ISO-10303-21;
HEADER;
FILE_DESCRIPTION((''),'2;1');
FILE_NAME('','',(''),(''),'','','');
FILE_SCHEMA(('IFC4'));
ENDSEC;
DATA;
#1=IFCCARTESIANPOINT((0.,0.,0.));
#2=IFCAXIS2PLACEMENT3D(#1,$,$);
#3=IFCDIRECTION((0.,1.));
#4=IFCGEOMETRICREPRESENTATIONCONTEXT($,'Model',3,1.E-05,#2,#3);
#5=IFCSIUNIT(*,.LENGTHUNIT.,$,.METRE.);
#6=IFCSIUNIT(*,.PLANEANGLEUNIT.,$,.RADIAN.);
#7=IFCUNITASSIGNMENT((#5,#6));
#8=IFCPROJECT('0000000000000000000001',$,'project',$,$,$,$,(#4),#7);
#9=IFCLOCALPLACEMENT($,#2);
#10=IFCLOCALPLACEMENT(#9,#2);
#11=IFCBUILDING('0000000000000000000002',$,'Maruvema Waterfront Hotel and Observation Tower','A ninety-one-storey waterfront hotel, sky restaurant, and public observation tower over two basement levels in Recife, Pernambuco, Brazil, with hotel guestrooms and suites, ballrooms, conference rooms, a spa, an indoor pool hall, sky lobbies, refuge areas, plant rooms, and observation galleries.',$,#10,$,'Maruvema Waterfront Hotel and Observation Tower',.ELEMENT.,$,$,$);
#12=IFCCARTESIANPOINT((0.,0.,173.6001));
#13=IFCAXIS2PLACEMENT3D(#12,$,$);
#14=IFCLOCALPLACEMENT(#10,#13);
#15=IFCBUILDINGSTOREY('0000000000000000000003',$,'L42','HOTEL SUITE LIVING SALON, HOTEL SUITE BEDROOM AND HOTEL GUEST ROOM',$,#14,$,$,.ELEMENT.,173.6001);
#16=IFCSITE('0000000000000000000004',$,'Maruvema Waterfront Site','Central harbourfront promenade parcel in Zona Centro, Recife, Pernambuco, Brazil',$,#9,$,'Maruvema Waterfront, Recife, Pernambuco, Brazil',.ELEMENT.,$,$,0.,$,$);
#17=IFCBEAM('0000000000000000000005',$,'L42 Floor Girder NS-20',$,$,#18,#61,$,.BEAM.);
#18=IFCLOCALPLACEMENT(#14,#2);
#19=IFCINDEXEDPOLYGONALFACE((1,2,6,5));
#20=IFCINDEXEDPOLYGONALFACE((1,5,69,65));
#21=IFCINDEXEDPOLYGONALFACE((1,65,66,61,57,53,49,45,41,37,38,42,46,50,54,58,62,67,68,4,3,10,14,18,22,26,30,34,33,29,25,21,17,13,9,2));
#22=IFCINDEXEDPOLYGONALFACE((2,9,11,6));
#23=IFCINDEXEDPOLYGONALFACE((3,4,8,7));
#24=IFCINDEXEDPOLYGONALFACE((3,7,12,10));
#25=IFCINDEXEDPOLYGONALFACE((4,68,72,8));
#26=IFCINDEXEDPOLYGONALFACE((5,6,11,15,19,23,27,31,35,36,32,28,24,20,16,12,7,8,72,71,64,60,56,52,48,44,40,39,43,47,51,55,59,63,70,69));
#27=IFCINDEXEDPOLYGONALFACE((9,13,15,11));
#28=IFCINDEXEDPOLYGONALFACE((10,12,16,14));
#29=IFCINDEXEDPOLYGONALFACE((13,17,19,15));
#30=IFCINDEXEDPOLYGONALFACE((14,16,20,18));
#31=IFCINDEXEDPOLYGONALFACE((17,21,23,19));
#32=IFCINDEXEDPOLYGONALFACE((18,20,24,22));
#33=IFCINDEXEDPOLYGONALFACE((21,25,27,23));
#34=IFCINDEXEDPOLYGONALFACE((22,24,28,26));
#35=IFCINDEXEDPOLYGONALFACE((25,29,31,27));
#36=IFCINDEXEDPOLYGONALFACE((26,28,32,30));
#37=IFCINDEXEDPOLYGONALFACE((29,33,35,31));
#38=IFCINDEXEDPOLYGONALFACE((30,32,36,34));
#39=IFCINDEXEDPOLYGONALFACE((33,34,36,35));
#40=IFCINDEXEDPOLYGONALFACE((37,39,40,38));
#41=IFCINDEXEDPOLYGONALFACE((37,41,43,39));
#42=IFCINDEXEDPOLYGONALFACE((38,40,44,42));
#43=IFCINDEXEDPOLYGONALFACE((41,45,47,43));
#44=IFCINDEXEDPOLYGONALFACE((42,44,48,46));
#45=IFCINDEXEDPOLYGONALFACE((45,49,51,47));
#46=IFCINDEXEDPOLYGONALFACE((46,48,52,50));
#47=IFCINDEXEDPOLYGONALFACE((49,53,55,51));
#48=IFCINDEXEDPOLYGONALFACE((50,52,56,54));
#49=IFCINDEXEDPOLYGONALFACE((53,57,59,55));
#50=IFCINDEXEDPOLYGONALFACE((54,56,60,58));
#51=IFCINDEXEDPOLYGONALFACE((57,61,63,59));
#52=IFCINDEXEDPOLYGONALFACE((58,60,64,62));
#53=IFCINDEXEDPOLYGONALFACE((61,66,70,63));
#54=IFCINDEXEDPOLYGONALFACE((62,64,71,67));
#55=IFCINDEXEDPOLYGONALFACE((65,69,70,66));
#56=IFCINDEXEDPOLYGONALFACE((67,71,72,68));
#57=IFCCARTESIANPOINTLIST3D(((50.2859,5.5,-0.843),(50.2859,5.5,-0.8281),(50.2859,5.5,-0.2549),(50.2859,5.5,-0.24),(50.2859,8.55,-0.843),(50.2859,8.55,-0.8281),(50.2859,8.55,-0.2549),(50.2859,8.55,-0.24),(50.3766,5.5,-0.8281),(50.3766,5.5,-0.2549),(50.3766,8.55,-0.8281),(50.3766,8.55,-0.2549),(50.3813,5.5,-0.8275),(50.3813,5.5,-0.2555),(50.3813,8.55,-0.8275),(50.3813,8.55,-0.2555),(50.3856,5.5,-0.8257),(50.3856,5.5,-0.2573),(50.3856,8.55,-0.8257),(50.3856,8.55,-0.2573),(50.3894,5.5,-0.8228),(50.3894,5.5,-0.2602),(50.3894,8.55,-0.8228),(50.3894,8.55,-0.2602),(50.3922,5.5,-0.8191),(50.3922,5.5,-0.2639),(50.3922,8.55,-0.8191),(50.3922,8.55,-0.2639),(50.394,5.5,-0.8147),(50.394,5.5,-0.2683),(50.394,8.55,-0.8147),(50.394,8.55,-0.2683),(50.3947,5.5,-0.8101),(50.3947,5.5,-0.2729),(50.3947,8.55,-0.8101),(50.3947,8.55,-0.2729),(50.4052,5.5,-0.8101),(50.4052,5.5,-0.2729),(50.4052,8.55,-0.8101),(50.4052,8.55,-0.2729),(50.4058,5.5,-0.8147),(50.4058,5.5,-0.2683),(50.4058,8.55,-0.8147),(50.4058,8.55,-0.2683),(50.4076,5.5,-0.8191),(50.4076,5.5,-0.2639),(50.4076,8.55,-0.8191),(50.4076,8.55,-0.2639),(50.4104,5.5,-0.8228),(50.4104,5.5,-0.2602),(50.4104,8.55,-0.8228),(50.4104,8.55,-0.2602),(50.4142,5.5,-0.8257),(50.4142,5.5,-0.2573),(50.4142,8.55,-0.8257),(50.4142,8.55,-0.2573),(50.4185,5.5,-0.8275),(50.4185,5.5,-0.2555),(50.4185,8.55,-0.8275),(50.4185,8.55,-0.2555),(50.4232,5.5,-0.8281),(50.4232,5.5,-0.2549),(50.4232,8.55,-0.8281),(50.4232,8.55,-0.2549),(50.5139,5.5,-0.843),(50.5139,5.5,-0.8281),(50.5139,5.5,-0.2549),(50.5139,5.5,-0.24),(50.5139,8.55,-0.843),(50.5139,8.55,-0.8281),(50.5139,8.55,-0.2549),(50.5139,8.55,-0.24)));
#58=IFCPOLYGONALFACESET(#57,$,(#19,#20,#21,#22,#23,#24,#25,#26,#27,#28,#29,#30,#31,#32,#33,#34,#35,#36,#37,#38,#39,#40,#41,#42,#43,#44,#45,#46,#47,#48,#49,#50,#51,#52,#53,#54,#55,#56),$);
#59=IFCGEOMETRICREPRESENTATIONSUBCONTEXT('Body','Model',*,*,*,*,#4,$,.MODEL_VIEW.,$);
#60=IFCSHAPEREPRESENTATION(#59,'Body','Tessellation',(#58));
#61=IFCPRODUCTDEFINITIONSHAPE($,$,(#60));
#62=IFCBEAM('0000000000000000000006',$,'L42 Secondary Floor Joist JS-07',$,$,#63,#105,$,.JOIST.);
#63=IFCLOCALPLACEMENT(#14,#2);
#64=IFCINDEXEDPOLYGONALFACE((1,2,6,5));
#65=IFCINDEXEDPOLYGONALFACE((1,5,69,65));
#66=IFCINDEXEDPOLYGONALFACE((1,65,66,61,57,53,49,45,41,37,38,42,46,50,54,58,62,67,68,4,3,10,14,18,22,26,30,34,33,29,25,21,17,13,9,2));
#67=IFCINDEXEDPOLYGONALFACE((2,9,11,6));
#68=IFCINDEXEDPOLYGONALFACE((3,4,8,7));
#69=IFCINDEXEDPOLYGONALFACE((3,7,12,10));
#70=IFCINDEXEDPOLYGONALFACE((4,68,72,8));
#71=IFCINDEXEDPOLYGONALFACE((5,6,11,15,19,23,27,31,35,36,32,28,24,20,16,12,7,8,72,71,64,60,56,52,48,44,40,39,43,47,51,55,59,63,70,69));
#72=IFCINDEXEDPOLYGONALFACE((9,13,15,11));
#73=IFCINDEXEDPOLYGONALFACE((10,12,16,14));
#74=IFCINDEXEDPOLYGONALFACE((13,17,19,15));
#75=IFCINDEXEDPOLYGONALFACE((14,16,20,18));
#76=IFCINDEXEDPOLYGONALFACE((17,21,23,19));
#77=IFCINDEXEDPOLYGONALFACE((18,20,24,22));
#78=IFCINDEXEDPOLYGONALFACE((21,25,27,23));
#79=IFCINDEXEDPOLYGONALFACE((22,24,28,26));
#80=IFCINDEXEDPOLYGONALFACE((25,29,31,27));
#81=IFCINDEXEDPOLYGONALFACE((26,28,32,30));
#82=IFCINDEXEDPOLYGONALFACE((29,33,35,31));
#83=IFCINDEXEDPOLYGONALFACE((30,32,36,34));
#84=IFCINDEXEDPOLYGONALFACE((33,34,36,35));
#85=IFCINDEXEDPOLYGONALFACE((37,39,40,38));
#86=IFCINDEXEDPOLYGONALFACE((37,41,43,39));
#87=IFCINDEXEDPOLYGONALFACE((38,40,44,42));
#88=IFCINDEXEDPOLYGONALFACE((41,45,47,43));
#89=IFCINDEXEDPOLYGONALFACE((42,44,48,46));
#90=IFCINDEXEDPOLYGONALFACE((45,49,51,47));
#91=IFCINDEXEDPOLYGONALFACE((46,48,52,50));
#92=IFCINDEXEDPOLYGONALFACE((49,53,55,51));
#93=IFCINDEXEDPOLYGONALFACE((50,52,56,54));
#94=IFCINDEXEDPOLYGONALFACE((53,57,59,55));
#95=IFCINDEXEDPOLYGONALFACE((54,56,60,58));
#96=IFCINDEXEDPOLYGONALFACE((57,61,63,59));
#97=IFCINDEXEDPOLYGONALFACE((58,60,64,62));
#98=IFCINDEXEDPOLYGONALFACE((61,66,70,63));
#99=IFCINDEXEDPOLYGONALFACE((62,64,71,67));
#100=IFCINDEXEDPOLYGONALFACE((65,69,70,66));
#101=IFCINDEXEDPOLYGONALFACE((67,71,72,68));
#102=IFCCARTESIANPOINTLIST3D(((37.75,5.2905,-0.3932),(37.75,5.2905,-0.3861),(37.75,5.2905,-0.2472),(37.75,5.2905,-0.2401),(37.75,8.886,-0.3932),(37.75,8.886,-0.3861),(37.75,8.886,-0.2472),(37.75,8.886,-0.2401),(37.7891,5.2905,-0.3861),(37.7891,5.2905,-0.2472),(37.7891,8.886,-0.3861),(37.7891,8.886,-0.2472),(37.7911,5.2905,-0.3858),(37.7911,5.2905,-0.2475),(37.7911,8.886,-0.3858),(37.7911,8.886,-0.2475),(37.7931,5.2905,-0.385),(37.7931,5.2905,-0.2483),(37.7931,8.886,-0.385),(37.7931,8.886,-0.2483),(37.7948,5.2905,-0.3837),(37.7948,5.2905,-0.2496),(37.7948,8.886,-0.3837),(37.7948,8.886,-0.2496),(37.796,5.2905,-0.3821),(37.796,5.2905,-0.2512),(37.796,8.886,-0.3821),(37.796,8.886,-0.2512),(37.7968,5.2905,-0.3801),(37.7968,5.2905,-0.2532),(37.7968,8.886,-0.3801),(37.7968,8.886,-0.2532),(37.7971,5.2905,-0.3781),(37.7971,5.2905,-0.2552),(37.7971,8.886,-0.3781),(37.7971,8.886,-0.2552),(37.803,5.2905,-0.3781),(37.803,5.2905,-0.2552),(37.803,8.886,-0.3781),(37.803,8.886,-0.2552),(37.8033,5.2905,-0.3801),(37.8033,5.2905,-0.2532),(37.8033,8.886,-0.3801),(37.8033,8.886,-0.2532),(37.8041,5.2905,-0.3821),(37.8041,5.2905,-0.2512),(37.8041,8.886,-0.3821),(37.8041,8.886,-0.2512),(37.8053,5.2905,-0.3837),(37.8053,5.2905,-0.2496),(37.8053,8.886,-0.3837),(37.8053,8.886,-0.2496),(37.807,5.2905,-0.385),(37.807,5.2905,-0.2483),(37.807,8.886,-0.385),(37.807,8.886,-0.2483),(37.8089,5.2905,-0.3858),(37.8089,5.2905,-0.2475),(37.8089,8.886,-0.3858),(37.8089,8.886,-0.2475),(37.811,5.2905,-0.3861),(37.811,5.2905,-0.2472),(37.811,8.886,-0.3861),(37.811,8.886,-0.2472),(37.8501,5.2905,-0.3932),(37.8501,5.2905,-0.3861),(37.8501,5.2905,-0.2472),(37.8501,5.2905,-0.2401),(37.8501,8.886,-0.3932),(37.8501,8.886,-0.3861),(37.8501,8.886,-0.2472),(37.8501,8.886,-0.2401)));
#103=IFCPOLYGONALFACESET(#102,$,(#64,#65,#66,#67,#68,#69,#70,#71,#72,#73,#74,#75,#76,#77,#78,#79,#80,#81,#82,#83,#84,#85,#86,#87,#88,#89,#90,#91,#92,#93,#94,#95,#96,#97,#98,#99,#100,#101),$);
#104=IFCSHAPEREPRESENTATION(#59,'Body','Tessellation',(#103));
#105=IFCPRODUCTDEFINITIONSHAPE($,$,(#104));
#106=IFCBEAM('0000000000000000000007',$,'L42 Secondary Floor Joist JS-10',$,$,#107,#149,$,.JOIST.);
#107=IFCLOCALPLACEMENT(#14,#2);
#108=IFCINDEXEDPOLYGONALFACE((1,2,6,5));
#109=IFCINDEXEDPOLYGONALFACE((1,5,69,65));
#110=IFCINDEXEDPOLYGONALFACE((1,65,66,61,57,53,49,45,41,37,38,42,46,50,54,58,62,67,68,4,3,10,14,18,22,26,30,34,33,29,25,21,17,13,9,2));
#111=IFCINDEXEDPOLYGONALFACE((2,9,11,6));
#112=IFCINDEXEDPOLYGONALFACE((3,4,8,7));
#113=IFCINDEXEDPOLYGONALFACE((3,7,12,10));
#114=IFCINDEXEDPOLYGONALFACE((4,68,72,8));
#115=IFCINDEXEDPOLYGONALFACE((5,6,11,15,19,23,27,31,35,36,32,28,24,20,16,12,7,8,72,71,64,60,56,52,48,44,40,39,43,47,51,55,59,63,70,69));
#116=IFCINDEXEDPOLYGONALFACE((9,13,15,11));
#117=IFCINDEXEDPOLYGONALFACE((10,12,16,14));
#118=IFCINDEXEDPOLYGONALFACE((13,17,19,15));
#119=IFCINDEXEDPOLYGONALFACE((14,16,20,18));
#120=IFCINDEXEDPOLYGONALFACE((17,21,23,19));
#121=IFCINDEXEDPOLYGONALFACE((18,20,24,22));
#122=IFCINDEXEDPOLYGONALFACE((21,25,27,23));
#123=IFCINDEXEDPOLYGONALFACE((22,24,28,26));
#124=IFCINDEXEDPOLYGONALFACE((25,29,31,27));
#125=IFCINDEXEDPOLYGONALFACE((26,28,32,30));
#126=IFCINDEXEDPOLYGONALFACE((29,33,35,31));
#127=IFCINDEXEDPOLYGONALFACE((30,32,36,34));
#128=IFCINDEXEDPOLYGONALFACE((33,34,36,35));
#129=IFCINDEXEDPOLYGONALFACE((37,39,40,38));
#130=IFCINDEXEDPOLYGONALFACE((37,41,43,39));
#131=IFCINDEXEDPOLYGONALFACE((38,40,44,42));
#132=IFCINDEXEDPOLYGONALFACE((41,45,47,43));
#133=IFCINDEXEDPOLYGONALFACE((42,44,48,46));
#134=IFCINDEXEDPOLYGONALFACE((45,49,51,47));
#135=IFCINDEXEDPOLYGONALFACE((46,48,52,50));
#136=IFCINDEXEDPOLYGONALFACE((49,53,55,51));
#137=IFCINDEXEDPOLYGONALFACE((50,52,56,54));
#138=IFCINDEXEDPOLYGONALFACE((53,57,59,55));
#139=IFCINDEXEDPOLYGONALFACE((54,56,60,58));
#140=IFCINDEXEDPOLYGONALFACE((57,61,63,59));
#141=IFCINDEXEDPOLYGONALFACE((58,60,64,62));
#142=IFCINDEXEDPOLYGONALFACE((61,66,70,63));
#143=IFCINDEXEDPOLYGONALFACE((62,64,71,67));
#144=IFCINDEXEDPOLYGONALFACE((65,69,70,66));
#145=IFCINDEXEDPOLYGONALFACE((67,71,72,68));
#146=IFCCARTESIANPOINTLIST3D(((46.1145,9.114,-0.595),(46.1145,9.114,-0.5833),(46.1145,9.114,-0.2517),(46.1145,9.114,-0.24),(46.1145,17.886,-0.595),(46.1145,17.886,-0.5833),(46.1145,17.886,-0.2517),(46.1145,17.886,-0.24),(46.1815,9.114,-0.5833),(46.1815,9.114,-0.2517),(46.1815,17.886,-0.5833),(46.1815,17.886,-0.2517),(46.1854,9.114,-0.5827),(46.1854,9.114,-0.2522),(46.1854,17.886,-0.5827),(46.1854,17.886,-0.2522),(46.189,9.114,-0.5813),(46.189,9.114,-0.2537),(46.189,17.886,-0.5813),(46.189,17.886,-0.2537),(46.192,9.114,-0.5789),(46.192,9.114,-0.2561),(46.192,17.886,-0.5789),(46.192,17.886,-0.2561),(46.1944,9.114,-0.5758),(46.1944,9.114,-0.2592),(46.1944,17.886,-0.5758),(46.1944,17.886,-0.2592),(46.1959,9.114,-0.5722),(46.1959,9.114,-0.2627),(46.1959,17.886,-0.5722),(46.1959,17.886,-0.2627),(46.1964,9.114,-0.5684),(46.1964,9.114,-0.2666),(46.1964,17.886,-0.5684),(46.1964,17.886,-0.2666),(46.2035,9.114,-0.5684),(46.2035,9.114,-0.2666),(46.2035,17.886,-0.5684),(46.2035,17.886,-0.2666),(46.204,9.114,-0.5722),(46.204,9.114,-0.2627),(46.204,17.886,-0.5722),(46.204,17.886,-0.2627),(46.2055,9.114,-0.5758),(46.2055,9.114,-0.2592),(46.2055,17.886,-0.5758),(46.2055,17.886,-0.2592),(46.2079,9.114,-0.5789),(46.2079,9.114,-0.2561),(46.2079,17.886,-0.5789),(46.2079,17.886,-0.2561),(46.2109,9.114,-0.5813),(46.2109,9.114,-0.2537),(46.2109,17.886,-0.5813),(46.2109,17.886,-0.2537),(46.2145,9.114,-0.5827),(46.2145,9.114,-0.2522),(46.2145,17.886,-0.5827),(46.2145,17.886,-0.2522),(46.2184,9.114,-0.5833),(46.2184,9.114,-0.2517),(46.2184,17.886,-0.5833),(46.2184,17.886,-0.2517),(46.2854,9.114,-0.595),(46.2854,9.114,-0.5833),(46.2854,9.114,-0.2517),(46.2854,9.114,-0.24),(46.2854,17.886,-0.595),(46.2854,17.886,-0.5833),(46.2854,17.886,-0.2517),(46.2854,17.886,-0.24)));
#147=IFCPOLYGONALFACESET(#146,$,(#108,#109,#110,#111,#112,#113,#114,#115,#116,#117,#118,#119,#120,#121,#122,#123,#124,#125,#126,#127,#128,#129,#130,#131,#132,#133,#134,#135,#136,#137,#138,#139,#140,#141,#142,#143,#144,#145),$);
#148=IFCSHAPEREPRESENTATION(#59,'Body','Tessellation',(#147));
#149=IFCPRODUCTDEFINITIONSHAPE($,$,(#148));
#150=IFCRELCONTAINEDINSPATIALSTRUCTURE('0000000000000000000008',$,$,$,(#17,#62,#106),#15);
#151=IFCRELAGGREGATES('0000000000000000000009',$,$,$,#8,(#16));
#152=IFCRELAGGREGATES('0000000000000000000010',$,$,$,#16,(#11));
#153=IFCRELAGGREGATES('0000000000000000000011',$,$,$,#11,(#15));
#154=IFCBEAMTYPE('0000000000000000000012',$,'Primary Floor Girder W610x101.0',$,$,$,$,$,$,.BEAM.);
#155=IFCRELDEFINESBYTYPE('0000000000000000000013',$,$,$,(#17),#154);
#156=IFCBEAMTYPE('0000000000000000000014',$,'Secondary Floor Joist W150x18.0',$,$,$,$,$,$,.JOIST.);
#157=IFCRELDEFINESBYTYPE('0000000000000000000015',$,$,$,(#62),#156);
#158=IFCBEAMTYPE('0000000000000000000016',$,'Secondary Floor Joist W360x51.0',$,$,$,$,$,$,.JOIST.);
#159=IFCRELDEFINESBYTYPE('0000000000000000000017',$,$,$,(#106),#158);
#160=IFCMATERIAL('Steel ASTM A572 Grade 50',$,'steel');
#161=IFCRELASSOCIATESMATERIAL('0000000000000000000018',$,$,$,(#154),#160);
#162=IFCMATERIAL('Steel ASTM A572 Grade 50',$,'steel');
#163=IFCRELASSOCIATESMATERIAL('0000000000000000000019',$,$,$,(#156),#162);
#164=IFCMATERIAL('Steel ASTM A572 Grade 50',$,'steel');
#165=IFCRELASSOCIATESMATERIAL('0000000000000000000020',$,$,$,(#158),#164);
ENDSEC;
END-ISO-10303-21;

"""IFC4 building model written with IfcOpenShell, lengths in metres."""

from ifc_helpers import new_model, si_unit, direction, frame, origin, origin_2d, place, context, subcontext, project, spatial, i_section, extrude, material, material_profile, profile_set, type_object, element, save


model = new_model("IFC4")

# Units and contexts
model_context = context("Model", 3, precision=1e-05, world=origin(), true_north=direction((0.0, 1.0)))
body_context = subcontext(model_context, "Body", "Model", "MODEL_VIEW")
ifc_project = project(units=[si_unit("LENGTHUNIT", "METRE"), si_unit("PLANEANGLEUNIT", "RADIAN")], contexts=[model_context])

# Site, building, storey
site_placement = place(None, origin())
site = spatial("IfcSite", under=ifc_project, at=site_placement, Name="Maruvema Waterfront Site", Description="Central harbourfront promenade parcel in Zona Centro, Recife, Pernambuco, Brazil", LongName="Maruvema Waterfront, Recife, Pernambuco, Brazil", CompositionType="ELEMENT", RefElevation=0.0)
building_placement = place(site_placement, origin())
building = spatial("IfcBuilding", under=site, at=building_placement, Name="Maruvema Waterfront Hotel and Observation Tower", Description="A ninety-one-storey waterfront hotel, sky restaurant, and public observation tower over two basement levels in Recife, Pernambuco, Brazil, with hotel guestrooms and suites, ballrooms, conference rooms, a spa, an indoor pool hall, sky lobbies, refuge areas, plant rooms, and observation galleries.", LongName="Maruvema Waterfront Hotel and Observation Tower", CompositionType="ELEMENT")
storey_placement = place(building_placement, frame((0.0, 0.0, 173.6001)))
storey = spatial("IfcBuildingStorey", under=building, at=storey_placement, Name="L42", Description="HOTEL SUITE LIVING SALON, HOTEL SUITE BEDROOM AND HOTEL GUEST ROOM", CompositionType="ELEMENT", Elevation=173.6001)

# Beams
ifc_material_1 = material(Name="Steel ASTM A572 Grade 50", Category="steel")
ifc_material_profile_1 = material_profile(ifc_material_1, i_section(OverallWidth=0.228, OverallDepth=0.603, WebThickness=0.0105, FlangeThickness=0.0149, FilletRadius=0.0181, at=origin_2d()), Name="W610x101.0")
ifc_profile_set_1 = profile_set([ifc_material_profile_1], Name="Steel ASTM A572 Grade 50")
beam_type_1 = type_object("IfcBeamType", Name="Primary Floor Girder W610x101.0", PredefinedType="BEAM", material=ifc_profile_set_1)
beam_1_placement = place(storey_placement, frame((50.3999, 5.5, -0.5415), z_axis=(0.0, 1.0, 0.0), x_axis=(-1.0, 0.0, 0.0)))
element("IfcBeam", 1, at=beam_1_placement, inside=storey, type_object=beam_type_1, Name="L42 Floor Girder NS-20", PredefinedType="BEAM", context=body_context, shape_type="SweptSolid", body=[
    extrude(i_section(OverallWidth=0.228, OverallDepth=0.603, WebThickness=0.0105, FlangeThickness=0.0149, FilletRadius=0.0181, at=origin_2d()), origin(), (0.0, 0.0, 1.0), 3.05),
])
ifc_material_2 = material(Name="Steel ASTM A572 Grade 50", Category="steel")
ifc_material_profile_2 = material_profile(ifc_material_2, i_section(OverallWidth=0.1001, OverallDepth=0.1531, WebThickness=0.0059, FlangeThickness=0.0071, FilletRadius=0.0081, at=origin_2d()), Name="W150x18.0")
ifc_profile_set_2 = profile_set([ifc_material_profile_2], Name="Steel ASTM A572 Grade 50")
beam_type_2 = type_object("IfcBeamType", Name="Secondary Floor Joist W150x18.0", PredefinedType="JOIST", material=ifc_profile_set_2)
beam_2_placement = place(storey_placement, frame((37.8, 5.2905, -0.3167), z_axis=(0.0, 1.0, 0.0), x_axis=(-1.0, 0.0, 0.0)))
element("IfcBeam", 2, at=beam_2_placement, inside=storey, type_object=beam_type_2, Name="L42 Secondary Floor Joist JS-07", PredefinedType="JOIST", context=body_context, shape_type="SweptSolid", body=[
    extrude(i_section(OverallWidth=0.1001, OverallDepth=0.1531, WebThickness=0.0059, FlangeThickness=0.0071, FilletRadius=0.0081, at=origin_2d()), origin(), (0.0, 0.0, 1.0), 3.5955),
])
ifc_material_3 = material(Name="Steel ASTM A572 Grade 50", Category="steel")
ifc_material_profile_3 = material_profile(ifc_material_3, i_section(OverallWidth=0.1709, OverallDepth=0.355, WebThickness=0.0071, FlangeThickness=0.0117, FilletRadius=0.0149, at=origin_2d()), Name="W360x51.0")
ifc_profile_set_3 = profile_set([ifc_material_profile_3], Name="Steel ASTM A572 Grade 50")
beam_type_3 = type_object("IfcBeamType", Name="Secondary Floor Joist W360x51.0", PredefinedType="JOIST", material=ifc_profile_set_3)
beam_3_placement = place(storey_placement, frame((46.2, 9.114, -0.4175), z_axis=(0.0, 1.0, 0.0), x_axis=(-1.0, 0.0, 0.0)))
element("IfcBeam", 3, at=beam_3_placement, inside=storey, type_object=beam_type_3, Name="L42 Secondary Floor Joist JS-10", PredefinedType="JOIST", context=body_context, shape_type="SweptSolid", body=[
    extrude(i_section(OverallWidth=0.1709, OverallDepth=0.355, WebThickness=0.0071, FlangeThickness=0.0117, FilletRadius=0.0149, at=origin_2d()), origin(), (0.0, 0.0, 1.0), 8.772),
])

save(model, "model.ifc")
